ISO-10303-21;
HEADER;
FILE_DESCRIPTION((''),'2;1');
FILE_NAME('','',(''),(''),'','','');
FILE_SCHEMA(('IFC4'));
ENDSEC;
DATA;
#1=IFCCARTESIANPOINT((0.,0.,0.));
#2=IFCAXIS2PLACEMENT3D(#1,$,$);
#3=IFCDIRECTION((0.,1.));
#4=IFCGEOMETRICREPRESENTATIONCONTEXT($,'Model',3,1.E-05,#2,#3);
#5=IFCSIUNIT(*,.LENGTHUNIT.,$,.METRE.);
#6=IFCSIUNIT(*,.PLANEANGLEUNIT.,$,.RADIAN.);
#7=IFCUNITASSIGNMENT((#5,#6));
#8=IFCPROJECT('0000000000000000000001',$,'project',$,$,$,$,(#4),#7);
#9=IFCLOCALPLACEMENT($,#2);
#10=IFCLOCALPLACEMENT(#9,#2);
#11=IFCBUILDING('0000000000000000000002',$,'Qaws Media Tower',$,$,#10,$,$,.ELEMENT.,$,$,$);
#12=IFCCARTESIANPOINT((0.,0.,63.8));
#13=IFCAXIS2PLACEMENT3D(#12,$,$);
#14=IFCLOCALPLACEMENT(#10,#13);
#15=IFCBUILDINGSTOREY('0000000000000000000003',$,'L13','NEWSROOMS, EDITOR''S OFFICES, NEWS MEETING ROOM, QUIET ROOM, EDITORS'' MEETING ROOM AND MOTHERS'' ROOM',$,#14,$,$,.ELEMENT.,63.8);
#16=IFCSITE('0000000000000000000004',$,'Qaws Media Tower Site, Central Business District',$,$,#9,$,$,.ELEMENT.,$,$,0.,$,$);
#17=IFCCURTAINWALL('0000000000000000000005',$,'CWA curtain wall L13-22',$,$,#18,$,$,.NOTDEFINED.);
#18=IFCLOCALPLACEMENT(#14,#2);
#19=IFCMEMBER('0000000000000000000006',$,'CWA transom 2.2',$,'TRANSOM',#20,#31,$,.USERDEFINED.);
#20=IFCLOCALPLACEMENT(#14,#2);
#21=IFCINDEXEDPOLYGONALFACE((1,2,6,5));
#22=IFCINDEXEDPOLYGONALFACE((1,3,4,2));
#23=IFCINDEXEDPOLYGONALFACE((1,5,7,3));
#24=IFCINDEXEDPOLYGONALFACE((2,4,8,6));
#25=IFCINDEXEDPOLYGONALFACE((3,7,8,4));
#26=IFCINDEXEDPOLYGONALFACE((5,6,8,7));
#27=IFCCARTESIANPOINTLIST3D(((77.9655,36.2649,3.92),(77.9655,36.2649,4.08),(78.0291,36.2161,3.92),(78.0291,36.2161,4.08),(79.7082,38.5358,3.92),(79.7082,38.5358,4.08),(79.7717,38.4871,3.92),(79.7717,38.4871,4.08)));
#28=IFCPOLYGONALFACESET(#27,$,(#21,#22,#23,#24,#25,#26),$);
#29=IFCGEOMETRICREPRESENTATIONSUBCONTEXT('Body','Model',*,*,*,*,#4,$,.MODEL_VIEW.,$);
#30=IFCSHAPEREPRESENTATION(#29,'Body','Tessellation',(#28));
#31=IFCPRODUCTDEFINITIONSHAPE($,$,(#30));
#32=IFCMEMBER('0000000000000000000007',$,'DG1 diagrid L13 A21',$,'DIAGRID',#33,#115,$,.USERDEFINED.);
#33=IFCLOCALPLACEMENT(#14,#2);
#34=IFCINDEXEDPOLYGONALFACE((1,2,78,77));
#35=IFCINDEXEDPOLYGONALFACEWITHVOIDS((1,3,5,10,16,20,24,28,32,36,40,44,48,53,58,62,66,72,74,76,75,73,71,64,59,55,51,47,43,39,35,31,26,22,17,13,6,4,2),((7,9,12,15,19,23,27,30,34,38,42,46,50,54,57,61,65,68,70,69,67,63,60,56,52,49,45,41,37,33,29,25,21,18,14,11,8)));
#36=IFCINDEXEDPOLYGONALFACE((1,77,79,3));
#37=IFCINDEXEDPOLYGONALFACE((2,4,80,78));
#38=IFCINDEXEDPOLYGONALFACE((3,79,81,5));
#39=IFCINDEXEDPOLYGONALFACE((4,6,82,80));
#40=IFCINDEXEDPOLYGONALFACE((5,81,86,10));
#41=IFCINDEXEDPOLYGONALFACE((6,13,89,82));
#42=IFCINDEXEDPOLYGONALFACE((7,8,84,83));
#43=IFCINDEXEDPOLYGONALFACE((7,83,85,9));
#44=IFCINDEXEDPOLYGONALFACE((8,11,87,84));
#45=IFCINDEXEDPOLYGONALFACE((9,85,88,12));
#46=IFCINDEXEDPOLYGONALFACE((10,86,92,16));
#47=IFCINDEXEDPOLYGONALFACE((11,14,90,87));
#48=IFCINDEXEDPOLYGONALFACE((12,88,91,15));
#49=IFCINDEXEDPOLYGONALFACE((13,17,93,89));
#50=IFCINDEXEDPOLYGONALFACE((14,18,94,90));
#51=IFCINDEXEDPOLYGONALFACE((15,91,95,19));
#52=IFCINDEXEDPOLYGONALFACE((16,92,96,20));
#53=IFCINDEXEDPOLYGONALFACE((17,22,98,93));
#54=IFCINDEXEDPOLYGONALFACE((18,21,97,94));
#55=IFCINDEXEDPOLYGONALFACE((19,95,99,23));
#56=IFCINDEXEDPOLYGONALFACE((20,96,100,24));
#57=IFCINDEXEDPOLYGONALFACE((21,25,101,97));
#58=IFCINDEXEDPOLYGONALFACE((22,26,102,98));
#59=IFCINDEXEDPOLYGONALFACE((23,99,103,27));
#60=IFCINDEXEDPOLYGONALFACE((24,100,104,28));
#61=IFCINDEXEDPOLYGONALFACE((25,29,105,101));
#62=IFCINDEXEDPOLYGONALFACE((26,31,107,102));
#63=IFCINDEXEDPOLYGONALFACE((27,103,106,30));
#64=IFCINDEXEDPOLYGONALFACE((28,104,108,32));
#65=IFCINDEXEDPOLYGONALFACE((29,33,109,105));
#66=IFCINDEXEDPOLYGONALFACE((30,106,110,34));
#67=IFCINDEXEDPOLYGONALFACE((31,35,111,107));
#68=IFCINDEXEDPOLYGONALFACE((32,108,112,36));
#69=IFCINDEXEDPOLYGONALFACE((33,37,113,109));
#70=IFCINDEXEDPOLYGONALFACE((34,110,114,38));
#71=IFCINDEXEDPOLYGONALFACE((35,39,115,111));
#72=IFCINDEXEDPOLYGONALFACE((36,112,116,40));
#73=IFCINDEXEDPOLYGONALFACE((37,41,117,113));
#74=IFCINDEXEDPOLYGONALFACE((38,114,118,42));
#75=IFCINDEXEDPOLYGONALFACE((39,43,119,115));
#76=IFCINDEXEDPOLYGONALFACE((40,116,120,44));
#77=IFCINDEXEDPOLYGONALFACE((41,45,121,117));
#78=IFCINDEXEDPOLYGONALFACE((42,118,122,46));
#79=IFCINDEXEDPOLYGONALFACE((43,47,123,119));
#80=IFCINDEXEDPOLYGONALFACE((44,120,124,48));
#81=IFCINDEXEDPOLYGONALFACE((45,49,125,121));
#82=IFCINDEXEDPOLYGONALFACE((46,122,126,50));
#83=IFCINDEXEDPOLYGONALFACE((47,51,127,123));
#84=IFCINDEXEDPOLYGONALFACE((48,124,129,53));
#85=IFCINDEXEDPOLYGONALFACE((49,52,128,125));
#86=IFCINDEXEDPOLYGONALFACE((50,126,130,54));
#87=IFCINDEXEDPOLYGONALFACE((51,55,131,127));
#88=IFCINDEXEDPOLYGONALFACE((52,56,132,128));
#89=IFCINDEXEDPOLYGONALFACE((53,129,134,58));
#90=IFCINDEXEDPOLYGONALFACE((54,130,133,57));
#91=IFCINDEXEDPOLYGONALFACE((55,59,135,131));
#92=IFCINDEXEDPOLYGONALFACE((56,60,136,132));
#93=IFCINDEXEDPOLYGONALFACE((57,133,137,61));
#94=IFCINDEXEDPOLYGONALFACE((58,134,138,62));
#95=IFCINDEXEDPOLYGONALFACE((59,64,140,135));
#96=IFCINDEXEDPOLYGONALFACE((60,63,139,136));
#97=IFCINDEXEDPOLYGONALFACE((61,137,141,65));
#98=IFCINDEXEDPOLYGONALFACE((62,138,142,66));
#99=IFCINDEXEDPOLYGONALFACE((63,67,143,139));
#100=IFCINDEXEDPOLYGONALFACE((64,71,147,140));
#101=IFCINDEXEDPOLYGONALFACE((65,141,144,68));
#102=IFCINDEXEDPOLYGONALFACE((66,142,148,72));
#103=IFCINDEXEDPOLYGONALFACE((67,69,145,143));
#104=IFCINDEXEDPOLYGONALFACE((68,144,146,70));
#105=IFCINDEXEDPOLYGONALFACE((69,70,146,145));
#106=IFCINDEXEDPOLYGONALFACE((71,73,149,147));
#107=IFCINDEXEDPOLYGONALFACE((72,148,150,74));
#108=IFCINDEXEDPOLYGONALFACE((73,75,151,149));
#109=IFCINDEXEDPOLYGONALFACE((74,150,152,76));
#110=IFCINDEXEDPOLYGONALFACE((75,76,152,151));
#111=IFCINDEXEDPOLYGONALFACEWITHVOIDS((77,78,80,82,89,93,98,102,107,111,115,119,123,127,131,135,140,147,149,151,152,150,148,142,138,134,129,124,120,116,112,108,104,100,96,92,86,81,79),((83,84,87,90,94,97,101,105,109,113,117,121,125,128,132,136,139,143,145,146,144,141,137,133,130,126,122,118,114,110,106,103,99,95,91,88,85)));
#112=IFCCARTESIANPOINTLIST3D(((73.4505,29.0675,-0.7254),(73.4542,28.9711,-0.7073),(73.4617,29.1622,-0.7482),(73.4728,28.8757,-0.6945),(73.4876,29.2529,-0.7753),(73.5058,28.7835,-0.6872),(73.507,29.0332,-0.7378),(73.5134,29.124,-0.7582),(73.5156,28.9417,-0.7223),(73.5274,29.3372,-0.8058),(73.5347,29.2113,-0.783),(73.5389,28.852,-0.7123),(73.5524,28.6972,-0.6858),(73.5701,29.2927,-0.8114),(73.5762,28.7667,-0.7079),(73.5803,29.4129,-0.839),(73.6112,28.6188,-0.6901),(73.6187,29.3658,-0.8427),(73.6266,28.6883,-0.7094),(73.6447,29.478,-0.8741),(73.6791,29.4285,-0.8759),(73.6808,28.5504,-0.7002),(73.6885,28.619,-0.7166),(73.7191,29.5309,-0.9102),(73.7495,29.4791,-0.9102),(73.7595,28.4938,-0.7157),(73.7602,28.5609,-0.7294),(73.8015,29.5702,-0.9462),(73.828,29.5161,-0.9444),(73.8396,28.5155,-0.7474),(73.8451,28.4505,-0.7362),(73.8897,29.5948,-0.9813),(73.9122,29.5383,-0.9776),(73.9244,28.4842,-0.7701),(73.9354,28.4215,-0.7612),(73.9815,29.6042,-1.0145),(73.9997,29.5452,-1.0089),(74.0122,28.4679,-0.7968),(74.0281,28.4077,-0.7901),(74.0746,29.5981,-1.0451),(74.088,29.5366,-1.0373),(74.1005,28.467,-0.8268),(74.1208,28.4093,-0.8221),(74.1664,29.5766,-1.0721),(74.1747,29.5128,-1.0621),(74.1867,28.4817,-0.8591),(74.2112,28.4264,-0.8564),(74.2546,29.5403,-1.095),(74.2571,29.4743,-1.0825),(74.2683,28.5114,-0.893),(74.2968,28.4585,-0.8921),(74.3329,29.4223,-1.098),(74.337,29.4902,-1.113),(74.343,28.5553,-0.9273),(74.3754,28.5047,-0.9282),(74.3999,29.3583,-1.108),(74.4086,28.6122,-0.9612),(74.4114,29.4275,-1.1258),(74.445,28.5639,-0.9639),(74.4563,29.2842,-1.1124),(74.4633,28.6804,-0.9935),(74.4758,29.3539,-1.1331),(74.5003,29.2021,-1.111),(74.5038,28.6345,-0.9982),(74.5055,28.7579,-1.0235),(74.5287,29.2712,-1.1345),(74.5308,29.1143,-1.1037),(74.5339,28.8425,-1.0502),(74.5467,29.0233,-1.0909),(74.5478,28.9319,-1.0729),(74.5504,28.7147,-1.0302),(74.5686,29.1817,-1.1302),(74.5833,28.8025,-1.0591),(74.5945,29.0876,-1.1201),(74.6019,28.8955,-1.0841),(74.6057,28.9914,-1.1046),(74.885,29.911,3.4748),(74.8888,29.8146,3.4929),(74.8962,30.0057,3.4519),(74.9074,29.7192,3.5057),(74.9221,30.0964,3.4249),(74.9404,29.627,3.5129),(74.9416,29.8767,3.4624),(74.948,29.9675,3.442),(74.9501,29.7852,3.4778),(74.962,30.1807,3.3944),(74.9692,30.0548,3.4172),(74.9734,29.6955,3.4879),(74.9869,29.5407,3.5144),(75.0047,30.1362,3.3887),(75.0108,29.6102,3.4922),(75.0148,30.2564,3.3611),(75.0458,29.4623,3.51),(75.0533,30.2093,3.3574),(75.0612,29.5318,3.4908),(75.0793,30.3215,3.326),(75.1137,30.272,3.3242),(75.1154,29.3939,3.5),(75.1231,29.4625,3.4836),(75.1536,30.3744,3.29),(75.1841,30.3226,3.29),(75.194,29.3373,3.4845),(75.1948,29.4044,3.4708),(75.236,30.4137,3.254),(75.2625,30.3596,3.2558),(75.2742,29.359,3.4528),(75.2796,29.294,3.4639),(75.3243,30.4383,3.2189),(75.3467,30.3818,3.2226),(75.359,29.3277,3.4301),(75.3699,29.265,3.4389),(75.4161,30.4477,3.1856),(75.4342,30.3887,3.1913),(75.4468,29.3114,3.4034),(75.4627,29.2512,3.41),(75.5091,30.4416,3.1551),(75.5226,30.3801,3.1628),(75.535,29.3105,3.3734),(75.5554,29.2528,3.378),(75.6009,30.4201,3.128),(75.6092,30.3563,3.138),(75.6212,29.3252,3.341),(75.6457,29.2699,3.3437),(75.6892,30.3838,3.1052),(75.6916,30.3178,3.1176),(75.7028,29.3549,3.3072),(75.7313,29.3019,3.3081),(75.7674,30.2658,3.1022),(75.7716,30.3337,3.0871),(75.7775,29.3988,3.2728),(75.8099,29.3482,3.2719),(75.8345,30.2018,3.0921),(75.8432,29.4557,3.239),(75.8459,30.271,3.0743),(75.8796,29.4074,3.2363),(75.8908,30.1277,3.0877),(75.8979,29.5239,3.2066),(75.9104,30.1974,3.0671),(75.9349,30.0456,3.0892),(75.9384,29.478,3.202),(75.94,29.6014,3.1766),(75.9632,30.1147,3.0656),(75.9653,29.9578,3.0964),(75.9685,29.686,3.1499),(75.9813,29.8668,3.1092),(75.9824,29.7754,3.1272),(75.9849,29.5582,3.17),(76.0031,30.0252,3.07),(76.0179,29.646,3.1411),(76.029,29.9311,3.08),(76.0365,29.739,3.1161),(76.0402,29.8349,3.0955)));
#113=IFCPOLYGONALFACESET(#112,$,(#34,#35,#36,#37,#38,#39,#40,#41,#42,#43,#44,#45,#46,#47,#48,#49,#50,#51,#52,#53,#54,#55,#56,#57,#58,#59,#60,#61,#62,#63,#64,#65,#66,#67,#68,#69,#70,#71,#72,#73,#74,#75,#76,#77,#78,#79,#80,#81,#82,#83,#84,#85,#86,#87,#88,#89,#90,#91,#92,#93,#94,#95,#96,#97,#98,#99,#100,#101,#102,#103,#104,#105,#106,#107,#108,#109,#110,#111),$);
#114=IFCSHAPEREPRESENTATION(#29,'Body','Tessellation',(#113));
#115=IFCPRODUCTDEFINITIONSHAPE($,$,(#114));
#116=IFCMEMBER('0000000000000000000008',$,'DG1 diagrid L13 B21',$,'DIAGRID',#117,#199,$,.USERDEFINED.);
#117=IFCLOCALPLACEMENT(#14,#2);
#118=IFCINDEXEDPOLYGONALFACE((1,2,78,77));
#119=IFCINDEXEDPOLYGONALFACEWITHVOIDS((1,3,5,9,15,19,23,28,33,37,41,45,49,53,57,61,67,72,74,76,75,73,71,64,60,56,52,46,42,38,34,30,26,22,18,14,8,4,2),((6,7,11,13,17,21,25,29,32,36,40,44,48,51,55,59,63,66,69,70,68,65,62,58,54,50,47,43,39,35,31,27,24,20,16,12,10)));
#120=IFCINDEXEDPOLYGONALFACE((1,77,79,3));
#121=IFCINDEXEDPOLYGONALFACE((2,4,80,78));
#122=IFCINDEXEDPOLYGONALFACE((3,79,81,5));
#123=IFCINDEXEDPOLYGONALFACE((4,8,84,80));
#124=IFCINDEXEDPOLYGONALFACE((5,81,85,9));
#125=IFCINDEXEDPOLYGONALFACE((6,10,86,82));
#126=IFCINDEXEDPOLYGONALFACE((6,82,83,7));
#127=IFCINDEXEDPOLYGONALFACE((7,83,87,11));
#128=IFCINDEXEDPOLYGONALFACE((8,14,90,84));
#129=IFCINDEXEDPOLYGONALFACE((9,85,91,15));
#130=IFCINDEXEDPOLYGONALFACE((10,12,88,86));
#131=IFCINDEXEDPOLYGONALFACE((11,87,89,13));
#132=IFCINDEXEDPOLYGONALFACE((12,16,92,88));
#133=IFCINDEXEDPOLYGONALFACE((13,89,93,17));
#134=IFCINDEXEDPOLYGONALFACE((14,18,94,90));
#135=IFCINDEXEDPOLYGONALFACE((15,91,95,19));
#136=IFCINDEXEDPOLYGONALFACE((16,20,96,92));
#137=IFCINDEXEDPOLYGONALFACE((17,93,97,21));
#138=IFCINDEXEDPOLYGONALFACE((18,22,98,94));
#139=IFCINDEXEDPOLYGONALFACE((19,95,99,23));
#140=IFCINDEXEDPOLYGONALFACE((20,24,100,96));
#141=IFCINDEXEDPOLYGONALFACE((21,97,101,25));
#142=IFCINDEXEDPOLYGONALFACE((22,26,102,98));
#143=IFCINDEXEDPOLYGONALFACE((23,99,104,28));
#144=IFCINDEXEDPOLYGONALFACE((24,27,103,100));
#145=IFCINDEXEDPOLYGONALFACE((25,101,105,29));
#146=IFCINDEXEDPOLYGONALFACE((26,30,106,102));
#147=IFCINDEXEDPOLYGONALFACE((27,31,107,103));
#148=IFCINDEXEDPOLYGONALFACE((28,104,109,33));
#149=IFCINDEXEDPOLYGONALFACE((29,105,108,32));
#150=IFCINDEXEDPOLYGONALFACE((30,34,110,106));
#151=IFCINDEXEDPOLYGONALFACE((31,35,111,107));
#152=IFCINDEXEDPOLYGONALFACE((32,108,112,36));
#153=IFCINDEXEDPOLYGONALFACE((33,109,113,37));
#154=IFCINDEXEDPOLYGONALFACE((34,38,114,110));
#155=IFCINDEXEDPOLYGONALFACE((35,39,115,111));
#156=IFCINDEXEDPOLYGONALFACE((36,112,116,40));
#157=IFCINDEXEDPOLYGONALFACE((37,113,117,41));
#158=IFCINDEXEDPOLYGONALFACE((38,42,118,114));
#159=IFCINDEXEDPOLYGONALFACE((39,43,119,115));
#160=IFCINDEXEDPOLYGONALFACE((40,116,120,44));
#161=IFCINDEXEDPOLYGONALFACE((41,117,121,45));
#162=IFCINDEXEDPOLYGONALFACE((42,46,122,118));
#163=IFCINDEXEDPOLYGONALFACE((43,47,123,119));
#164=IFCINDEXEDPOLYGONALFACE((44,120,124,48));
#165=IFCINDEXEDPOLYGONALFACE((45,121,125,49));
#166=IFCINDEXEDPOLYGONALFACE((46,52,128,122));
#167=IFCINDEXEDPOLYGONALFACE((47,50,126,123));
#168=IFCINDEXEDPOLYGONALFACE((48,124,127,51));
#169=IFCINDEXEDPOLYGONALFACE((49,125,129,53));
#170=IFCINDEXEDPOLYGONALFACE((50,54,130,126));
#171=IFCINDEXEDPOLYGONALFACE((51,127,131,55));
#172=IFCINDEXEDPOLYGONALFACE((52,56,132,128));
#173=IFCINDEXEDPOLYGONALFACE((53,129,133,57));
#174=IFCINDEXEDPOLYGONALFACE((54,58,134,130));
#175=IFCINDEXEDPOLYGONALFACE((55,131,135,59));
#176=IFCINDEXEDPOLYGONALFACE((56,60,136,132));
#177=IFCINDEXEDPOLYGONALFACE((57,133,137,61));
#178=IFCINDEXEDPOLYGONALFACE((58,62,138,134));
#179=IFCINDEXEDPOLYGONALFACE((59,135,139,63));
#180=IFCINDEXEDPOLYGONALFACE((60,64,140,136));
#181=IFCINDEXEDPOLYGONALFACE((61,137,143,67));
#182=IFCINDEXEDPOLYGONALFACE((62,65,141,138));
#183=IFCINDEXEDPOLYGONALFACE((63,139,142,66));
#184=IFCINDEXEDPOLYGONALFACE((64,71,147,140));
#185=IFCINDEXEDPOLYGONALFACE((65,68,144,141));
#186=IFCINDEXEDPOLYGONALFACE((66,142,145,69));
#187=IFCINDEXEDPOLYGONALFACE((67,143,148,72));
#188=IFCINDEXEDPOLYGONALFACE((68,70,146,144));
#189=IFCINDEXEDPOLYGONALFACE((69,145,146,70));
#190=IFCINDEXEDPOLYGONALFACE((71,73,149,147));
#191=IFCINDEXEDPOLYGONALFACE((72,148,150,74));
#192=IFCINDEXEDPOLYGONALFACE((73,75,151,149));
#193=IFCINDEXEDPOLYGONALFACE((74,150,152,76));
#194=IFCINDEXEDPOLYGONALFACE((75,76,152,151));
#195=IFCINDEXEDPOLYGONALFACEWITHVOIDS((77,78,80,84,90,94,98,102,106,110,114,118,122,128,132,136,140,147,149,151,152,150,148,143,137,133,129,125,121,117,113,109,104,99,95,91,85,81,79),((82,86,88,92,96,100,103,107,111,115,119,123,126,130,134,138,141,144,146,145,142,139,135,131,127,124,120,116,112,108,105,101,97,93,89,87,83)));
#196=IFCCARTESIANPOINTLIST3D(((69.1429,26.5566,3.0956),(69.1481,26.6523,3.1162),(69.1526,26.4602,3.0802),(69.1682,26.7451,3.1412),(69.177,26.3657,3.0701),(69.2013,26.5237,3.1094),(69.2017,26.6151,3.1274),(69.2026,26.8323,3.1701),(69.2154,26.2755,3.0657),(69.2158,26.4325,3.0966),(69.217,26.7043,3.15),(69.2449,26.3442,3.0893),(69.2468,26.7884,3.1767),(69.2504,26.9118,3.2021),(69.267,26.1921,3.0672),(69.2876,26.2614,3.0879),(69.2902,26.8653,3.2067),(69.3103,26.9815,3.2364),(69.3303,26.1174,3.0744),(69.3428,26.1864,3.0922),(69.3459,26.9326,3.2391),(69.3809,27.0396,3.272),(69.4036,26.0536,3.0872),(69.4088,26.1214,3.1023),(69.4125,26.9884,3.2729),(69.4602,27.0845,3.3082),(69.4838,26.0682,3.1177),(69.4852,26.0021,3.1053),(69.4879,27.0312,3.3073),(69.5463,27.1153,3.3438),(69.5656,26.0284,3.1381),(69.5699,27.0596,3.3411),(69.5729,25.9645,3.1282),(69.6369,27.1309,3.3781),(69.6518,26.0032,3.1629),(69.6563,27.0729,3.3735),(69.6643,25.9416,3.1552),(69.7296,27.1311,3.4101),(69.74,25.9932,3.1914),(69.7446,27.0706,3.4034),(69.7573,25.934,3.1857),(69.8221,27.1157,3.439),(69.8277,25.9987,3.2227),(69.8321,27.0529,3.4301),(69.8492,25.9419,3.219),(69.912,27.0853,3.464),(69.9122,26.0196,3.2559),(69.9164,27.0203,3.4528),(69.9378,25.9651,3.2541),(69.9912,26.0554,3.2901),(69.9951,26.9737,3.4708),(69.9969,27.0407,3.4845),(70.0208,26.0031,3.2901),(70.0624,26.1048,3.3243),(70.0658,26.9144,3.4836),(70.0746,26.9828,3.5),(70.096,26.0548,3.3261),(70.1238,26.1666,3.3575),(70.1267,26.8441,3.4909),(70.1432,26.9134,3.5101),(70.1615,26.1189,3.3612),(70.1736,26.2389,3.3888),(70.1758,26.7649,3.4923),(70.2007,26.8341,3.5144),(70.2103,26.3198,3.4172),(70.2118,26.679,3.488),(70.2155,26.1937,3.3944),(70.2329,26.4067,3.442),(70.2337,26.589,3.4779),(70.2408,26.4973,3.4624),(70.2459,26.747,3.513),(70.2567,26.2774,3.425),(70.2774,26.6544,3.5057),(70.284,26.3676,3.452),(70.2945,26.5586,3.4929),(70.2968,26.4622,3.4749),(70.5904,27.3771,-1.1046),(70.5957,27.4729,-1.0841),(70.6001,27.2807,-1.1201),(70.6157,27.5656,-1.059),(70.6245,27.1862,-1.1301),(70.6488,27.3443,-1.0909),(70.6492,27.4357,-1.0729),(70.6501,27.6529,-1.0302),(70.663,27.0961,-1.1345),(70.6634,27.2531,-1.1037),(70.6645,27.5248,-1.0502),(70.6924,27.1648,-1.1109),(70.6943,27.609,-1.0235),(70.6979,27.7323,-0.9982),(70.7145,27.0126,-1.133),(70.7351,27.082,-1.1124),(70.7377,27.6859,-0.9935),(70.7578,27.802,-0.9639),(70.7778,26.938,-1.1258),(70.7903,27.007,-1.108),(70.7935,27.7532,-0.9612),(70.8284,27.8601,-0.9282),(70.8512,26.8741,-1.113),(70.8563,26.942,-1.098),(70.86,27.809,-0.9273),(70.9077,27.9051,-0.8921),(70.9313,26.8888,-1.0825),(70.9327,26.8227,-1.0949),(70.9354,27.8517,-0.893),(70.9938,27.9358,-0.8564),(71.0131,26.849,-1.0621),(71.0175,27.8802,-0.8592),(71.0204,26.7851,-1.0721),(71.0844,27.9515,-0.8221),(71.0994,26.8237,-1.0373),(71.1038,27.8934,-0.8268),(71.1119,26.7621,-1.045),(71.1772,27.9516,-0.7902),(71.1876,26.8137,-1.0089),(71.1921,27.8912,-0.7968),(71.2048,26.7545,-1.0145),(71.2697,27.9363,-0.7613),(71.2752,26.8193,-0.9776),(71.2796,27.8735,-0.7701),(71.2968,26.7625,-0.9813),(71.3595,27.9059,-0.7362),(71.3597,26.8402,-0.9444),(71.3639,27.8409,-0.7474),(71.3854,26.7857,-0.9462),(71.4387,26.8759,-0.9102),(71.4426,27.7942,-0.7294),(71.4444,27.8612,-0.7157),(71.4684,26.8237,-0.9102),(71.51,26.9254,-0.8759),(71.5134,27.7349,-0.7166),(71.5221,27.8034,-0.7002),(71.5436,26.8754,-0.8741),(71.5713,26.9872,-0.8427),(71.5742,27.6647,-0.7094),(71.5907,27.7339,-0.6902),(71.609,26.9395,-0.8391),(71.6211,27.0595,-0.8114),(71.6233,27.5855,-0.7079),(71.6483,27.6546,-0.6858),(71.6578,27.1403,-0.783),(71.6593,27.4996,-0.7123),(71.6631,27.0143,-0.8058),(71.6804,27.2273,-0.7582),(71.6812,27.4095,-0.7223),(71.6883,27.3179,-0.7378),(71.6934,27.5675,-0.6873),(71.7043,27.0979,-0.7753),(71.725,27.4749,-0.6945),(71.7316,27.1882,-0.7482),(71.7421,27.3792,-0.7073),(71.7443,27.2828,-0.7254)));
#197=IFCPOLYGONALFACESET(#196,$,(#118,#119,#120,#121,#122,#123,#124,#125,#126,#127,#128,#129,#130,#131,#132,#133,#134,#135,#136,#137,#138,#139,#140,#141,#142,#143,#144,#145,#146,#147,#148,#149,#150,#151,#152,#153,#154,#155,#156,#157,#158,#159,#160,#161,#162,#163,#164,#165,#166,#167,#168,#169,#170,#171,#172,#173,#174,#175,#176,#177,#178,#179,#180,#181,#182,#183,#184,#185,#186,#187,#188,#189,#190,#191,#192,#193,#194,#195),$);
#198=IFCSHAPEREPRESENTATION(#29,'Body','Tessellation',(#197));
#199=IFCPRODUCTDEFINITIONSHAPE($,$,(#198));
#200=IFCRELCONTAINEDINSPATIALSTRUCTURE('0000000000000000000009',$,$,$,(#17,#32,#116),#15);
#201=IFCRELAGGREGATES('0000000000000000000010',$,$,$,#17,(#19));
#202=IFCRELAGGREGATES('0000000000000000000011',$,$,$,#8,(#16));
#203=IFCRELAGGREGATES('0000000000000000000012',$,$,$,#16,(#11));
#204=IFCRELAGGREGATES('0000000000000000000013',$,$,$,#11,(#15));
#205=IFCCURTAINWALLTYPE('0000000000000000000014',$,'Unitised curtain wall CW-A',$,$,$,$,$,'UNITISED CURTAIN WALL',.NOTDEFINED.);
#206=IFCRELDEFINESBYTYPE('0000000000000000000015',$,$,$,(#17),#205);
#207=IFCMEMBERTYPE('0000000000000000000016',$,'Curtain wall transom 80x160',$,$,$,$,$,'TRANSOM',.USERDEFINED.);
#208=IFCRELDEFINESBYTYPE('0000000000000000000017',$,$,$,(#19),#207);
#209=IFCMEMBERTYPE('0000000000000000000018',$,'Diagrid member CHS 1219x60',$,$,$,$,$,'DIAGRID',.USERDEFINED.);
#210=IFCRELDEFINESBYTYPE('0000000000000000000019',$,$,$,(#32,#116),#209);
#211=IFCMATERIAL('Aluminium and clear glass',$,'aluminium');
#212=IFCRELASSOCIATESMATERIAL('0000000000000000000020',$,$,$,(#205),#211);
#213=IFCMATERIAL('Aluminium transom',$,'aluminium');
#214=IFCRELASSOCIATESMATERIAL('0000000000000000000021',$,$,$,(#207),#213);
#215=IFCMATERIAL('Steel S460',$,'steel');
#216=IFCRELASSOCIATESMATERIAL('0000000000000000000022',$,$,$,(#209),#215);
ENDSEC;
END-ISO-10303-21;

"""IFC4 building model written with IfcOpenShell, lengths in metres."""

from ifc_helpers import new_model, si_unit, direction, frame, origin, origin_2d, place, context, subcontext, project, spatial, rectangle, hollow_circle, extrude, material, material_profile, profile_set, type_object, element, aggregate, save


model = new_model("IFC4")

# Units and contexts
model_context = context("Model", 3, precision=1e-05, world=origin(), true_north=direction((0.0, 1.0)))
body_context = subcontext(model_context, "Body", "Model", "MODEL_VIEW")
ifc_project = project(units=[si_unit("LENGTHUNIT", "METRE"), si_unit("PLANEANGLEUNIT", "RADIAN")], contexts=[model_context])

# Site, building, storey
site_placement = place(None, origin())
site = spatial("IfcSite", under=ifc_project, at=site_placement, Name="Qaws Media Tower Site, Central Business District", CompositionType="ELEMENT", RefElevation=0.0)
building_placement = place(site_placement, origin())
building = spatial("IfcBuilding", under=site, at=building_placement, Name="Qaws Media Tower", CompositionType="ELEMENT")
storey_placement = place(building_placement, frame((0.0, 0.0, 63.8)))
storey = spatial("IfcBuildingStorey", under=building, at=storey_placement, Name="L13", Description="NEWSROOMS, EDITOR'S OFFICES, NEWS MEETING ROOM, QUIET ROOM, EDITORS' MEETING ROOM AND MOTHERS' ROOM", CompositionType="ELEMENT", Elevation=63.8)

# Shared definitions
ifc_material_1 = material(Name="Aluminium and clear glass", Category="aluminium")
curtain_wall_type = type_object("IfcCurtainWallType", Name="Unitised curtain wall CW-A", ElementType="UNITISED CURTAIN WALL", PredefinedType="NOTDEFINED", material=ifc_material_1)

# Curtain wall
curtain_wall_1_placement = place(storey_placement, origin())
curtain_wall_1 = element("IfcCurtainWall", 1, at=curtain_wall_1_placement, inside=storey, type_object=curtain_wall_type, Name="CWA curtain wall L13-22", PredefinedType="NOTDEFINED")

# Member
ifc_material_2 = material(Name="Aluminium transom", Category="aluminium")
ifc_material_profile_1 = material_profile(ifc_material_2, rectangle(XDim=0.0801, YDim=0.1599, at=origin_2d()), Name="80x160")
ifc_profile_set_1 = profile_set([ifc_material_profile_1], Name="Aluminium transom")
member_type_1 = type_object("IfcMemberType", Name="Curtain wall transom 80x160", ElementType="TRANSOM", PredefinedType="USERDEFINED", material=ifc_profile_set_1)
member_1_placement = place(storey_placement, frame((77.9973, 36.2405, 4.0), z_axis=(0.608779, 0.79334, 0.0), x_axis=(-0.79334, 0.608779, 0.0)))
member_1 = element("IfcMember", 2, at=member_1_placement, type_object=member_type_1, Name="CWA transom 2.2", ObjectType="TRANSOM", PredefinedType="USERDEFINED", context=body_context, shape_type="SweptSolid", body=[
    extrude(rectangle(XDim=0.0801, YDim=0.1599, at=origin_2d()), origin(), (0.0, 0.0, 1.0), 2.8625),
])

# Members
ifc_material_3 = material(Name="Steel S460", Category="steel")
ifc_material_profile_2 = material_profile(ifc_material_3, hollow_circle(Radius=0.6096, WallThickness=0.0601, at=origin_2d()), Name="CHS 1219x60")
ifc_profile_set_2 = profile_set([ifc_material_profile_2], Name="Steel S460")
member_type_2 = type_object("IfcMemberType", Name="Diagrid member CHS 1219x60", ElementType="DIAGRID", PredefinedType="USERDEFINED", material=ifc_profile_set_2)
for number, where, z_axis, x_axis, name in (
    (3, (74.0281, 29.0054, -0.9102), (0.317533, 0.186704, 0.929685), (-0.50686, 0.862028, 0.0), "DG1 diagrid L13 A21"),
    (4, (71.1677, 27.354, -0.9102), (-0.320404, -0.181629, 0.929706), (0.49315, -0.869945, 0.0), "DG1 diagrid L13 B21"),
):
    element("IfcMember", number, at=place(storey_placement, frame(where, z_axis=z_axis, x_axis=x_axis)), inside=storey, type_object=member_type_2, Name=name, ObjectType="DIAGRID", PredefinedType="USERDEFINED", context=body_context, shape_type="SweptSolid", body=[
        extrude(hollow_circle(Radius=0.6096, WallThickness=0.0601, at=origin_2d()), origin(), (0.0, 0.0, 1.0), 4.5178),
    ])

aggregate(curtain_wall_1, [member_1])

save(model, "model.ifc")
